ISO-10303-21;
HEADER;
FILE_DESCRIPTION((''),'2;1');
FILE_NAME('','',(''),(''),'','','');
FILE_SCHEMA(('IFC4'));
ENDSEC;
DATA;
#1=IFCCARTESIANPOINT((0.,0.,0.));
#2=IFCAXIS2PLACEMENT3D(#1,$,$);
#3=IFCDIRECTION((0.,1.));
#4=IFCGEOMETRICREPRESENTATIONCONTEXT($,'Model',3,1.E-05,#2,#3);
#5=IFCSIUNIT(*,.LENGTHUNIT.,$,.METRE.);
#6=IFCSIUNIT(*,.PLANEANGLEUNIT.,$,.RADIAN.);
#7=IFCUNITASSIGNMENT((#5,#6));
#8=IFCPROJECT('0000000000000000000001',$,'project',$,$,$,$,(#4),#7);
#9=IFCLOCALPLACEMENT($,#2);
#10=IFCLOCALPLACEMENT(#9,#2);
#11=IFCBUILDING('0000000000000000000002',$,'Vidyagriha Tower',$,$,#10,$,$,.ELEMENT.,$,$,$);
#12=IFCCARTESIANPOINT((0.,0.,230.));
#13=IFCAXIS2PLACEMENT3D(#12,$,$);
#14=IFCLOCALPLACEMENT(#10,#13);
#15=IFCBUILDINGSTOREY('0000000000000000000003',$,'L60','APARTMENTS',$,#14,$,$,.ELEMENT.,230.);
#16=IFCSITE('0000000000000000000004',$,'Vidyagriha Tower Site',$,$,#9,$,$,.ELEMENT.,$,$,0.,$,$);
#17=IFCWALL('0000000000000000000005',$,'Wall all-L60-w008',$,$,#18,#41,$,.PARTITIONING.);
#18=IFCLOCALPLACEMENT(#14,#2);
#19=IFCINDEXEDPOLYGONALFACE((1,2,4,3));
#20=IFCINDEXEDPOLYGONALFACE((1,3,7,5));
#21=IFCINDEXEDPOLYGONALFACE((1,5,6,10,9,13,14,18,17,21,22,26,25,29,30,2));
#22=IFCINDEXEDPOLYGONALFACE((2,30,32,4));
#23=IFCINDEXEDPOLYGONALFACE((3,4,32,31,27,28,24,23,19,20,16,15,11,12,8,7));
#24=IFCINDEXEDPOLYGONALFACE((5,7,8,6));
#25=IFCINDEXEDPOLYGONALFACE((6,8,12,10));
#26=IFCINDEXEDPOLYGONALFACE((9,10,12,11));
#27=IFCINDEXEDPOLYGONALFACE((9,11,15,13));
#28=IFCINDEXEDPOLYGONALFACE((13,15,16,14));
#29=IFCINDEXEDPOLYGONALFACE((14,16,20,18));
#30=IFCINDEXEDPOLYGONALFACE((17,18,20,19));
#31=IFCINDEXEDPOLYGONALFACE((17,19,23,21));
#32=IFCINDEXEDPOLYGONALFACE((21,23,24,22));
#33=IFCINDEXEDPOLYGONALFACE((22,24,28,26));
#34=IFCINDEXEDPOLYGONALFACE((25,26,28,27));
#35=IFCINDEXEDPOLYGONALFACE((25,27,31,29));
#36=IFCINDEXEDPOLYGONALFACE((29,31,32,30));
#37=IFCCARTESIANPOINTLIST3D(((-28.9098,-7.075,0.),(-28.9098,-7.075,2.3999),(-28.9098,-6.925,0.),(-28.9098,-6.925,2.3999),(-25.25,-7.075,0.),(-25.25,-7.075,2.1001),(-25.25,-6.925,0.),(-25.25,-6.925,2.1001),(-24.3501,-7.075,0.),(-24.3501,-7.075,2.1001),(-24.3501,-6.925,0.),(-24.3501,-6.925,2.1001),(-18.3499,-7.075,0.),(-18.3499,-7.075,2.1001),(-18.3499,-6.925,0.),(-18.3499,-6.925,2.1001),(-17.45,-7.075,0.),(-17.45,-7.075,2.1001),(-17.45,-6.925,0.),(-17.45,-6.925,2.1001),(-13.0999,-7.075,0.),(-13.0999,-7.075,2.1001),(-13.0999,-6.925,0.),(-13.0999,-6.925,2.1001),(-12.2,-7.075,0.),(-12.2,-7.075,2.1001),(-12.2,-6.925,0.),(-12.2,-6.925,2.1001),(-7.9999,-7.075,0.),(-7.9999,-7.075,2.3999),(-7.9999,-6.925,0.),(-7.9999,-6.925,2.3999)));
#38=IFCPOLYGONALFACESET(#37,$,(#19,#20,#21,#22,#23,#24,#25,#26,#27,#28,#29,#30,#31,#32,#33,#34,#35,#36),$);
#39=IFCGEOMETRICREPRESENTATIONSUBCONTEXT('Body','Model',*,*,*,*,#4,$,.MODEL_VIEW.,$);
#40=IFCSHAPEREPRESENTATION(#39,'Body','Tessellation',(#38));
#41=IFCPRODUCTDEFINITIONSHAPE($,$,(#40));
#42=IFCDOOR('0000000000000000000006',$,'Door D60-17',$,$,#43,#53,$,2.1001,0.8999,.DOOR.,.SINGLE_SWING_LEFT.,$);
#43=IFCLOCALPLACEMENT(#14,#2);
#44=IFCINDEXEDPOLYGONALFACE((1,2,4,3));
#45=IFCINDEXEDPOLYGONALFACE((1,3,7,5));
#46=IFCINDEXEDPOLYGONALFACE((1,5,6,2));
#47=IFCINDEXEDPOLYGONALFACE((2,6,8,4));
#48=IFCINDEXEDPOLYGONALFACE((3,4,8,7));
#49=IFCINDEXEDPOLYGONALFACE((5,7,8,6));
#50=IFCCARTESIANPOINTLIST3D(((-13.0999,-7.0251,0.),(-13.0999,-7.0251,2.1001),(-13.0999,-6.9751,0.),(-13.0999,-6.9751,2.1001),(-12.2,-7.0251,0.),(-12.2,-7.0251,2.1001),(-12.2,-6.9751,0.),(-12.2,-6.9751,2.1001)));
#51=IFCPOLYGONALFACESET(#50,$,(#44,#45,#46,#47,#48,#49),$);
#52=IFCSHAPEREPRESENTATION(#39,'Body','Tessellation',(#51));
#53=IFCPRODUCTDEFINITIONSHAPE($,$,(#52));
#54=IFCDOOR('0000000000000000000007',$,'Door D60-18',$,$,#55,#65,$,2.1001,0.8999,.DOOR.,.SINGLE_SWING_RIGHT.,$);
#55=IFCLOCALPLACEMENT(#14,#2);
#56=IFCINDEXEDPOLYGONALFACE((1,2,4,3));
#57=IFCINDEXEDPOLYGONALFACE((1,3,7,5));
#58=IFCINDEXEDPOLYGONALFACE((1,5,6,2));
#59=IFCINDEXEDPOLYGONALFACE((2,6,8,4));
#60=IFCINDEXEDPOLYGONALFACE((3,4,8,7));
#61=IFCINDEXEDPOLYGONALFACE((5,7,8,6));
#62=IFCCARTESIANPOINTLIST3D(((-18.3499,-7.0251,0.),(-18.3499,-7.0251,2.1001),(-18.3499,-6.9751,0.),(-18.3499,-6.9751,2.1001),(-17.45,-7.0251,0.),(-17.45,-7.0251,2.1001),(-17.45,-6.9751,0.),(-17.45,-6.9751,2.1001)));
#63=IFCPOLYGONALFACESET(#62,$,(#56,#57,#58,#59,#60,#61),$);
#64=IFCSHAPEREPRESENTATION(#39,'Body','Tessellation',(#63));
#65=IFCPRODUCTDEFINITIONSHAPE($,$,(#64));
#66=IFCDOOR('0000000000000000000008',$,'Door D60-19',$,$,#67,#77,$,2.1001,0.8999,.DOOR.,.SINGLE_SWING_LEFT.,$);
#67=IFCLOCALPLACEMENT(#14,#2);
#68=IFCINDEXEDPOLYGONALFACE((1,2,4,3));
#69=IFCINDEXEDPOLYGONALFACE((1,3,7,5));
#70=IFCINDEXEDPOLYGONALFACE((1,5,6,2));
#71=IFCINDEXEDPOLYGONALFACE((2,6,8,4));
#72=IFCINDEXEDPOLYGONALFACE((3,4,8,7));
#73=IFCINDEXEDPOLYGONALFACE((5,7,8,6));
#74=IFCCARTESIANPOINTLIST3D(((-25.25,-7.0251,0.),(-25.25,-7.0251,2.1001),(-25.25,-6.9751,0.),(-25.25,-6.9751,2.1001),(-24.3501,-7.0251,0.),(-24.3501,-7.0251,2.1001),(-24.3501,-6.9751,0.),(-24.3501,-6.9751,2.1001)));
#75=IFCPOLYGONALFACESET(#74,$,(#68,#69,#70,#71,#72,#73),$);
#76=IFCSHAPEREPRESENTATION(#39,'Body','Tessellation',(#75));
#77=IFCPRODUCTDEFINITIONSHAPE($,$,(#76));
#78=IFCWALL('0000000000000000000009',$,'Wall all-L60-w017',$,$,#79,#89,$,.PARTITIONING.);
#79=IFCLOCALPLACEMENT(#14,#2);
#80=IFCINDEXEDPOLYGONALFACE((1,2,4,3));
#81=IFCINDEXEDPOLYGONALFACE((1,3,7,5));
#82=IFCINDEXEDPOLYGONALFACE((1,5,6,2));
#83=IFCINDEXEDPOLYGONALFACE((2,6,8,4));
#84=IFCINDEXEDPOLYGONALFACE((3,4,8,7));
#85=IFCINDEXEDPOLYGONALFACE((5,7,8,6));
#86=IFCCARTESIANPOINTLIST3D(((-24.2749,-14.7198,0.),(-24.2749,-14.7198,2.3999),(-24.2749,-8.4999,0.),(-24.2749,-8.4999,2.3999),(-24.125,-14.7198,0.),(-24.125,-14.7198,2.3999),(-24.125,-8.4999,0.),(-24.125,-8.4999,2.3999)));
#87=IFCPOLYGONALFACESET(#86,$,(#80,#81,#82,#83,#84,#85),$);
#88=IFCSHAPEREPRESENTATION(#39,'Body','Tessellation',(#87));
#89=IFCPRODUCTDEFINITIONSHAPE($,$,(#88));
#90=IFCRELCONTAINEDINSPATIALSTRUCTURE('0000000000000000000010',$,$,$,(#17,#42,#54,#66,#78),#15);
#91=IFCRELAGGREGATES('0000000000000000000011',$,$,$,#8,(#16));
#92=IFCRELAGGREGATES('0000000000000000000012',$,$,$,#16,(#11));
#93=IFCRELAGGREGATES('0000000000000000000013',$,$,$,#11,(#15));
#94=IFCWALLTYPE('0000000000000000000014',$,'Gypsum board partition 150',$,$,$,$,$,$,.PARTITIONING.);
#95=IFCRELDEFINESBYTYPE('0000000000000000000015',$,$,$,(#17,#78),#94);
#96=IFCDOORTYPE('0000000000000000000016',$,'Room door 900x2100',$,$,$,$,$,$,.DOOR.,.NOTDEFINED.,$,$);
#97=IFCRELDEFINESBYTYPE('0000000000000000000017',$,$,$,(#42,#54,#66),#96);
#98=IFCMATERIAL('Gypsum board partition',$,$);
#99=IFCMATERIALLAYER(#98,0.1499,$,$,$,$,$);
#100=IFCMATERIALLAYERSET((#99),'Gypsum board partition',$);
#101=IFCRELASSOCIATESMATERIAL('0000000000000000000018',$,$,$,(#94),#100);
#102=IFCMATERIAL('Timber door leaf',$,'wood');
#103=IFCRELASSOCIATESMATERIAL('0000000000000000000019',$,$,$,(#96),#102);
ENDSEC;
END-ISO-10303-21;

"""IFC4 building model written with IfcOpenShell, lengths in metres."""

from ifc_helpers import new_model, si_unit, direction, frame, frame_2d, origin, place, context, subcontext, project, spatial, rectangle, extrude, material, layer, layer_set, type_object, element, fill, save


model = new_model("IFC4")

# Units and contexts
model_context = context("Model", 3, precision=1e-05, world=origin(), true_north=direction((0.0, 1.0)))
body_context = subcontext(model_context, "Body", "Model", "MODEL_VIEW")
ifc_project = project(units=[si_unit("LENGTHUNIT", "METRE"), si_unit("PLANEANGLEUNIT", "RADIAN")], contexts=[model_context])

# Site, building, storey
site_placement = place(None, origin())
site = spatial("IfcSite", under=ifc_project, at=site_placement, Name="Vidyagriha Tower Site", CompositionType="ELEMENT", RefElevation=0.0)
building_placement = place(site_placement, origin())
building = spatial("IfcBuilding", under=site, at=building_placement, Name="Vidyagriha Tower", CompositionType="ELEMENT")
storey_placement = place(building_placement, frame((0.0, 0.0, 230.0)))
storey = spatial("IfcBuildingStorey", under=building, at=storey_placement, Name="L60", Description="APARTMENTS", CompositionType="ELEMENT", Elevation=230.0)

# Shared definitions
ifc_material_1 = material(Name="Gypsum board partition")
ifc_layer_1 = layer(ifc_material_1, 0.1499)
ifc_layer_set_1 = layer_set([ifc_layer_1], Name="Gypsum board partition")
wall_type_1 = type_object("IfcWallType", Name="Gypsum board partition 150", PredefinedType="PARTITIONING", material=ifc_layer_set_1)

# Wall, openings, doors
wall_1_placement = place(storey_placement, frame((-28.9099, -7.0, 0.0)))
wall_1 = element("IfcWall", 1, at=wall_1_placement, inside=storey, type_object=wall_type_1, Name="Wall all-L60-w008", PredefinedType="PARTITIONING", context=body_context, shape_type="SweptSolid", body=[
    extrude(rectangle(XDim=20.9099, YDim=0.1499, at=frame_2d((10.4551, 0.0))), origin(), (0.0, 0.0, 1.0), 2.3999),
])
opening_1_placement = place(wall_1_placement, frame((15.8101, 0.0, 0.0)))
opening_1 = element("IfcOpeningElement", 2, at=opening_1_placement, cuts=wall_1, PredefinedType="OPENING", context=body_context, shape_type="SweptSolid", body=[
    extrude(rectangle(XDim=0.8999, YDim=2.1001, at=frame_2d((0.45, 1.05))), frame((0.0, 0.085, 0.0), z_axis=(0.0, -1.0, 0.0), x_axis=(1.0, 0.0, 0.0)), (0.0, 0.0, 1.0), 0.1699),
])
opening_2_placement = place(wall_1_placement, frame((10.5601, 0.0, 0.0)))
opening_2 = element("IfcOpeningElement", 3, at=opening_2_placement, cuts=wall_1, PredefinedType="OPENING", context=body_context, shape_type="SweptSolid", body=[
    extrude(rectangle(XDim=0.8999, YDim=2.1001, at=frame_2d((0.45, 1.05))), frame((0.0, 0.085, 0.0), z_axis=(0.0, -1.0, 0.0), x_axis=(1.0, 0.0, 0.0)), (0.0, 0.0, 1.0), 0.1699),
])
opening_3_placement = place(wall_1_placement, frame((3.6599, 0.0, 0.0)))
opening_3 = element("IfcOpeningElement", 4, at=opening_3_placement, cuts=wall_1, PredefinedType="OPENING", context=body_context, shape_type="SweptSolid", body=[
    extrude(rectangle(XDim=0.8999, YDim=2.1001, at=frame_2d((0.45, 1.05))), frame((0.0, 0.085, 0.0), z_axis=(0.0, -1.0, 0.0), x_axis=(1.0, 0.0, 0.0)), (0.0, 0.0, 1.0), 0.1699),
])
ifc_material_2 = material(Name="Timber door leaf", Category="wood")
door_type_1 = type_object("IfcDoorType", Name="Room door 900x2100", OperationType="NOTDEFINED", PredefinedType="DOOR", material=ifc_material_2)
door_1_placement = place(opening_1_placement, origin())
door_1 = element("IfcDoor", 5, at=door_1_placement, inside=storey, type_object=door_type_1, Name="Door D60-17", OperationType="SINGLE_SWING_LEFT", OverallHeight=2.1001, OverallWidth=0.8999, PredefinedType="DOOR", context=body_context, shape_type="SweptSolid", body=[
    extrude(rectangle(XDim=0.8999, YDim=2.1001, at=frame_2d((0.45, 1.05))), frame((0.0, 0.0249, 0.0), z_axis=(0.0, -1.0, 0.0), x_axis=(1.0, 0.0, 0.0)), (0.0, 0.0, 1.0), 0.05),
])
fill(opening_1, door_1)
door_2_placement = place(opening_2_placement, origin())
door_2 = element("IfcDoor", 6, at=door_2_placement, inside=storey, type_object=door_type_1, Name="Door D60-18", OperationType="SINGLE_SWING_RIGHT", OverallHeight=2.1001, OverallWidth=0.8999, PredefinedType="DOOR", context=body_context, shape_type="SweptSolid", body=[
    extrude(rectangle(XDim=0.8999, YDim=2.1001, at=frame_2d((0.45, 1.05))), frame((0.0, 0.0249, 0.0), z_axis=(0.0, -1.0, 0.0), x_axis=(1.0, 0.0, 0.0)), (0.0, 0.0, 1.0), 0.05),
])
fill(opening_2, door_2)
door_3_placement = place(opening_3_placement, origin())
door_3 = element("IfcDoor", 7, at=door_3_placement, inside=storey, type_object=door_type_1, Name="Door D60-19", OperationType="SINGLE_SWING_LEFT", OverallHeight=2.1001, OverallWidth=0.8999, PredefinedType="DOOR", context=body_context, shape_type="SweptSolid", body=[
    extrude(rectangle(XDim=0.8999, YDim=2.1001, at=frame_2d((0.45, 1.05))), frame((0.0, 0.0249, 0.0), z_axis=(0.0, -1.0, 0.0), x_axis=(1.0, 0.0, 0.0)), (0.0, 0.0, 1.0), 0.05),
])
fill(opening_3, door_3)

# Wall
wall_2_placement = place(storey_placement, frame((-24.2, -8.5, 0.0), z_axis=(0.0, 0.0, 1.0), x_axis=(0.0, -1.0, 0.0)))
element("IfcWall", 8, at=wall_2_placement, inside=storey, type_object=wall_type_1, Name="Wall all-L60-w017", PredefinedType="PARTITIONING", context=body_context, shape_type="SweptSolid", body=[
    extrude(rectangle(XDim=6.22, YDim=0.1499, at=frame_2d((3.1099, 0.0))), origin(), (0.0, 0.0, 1.0), 2.3999),
])

save(model, "model.ifc")
